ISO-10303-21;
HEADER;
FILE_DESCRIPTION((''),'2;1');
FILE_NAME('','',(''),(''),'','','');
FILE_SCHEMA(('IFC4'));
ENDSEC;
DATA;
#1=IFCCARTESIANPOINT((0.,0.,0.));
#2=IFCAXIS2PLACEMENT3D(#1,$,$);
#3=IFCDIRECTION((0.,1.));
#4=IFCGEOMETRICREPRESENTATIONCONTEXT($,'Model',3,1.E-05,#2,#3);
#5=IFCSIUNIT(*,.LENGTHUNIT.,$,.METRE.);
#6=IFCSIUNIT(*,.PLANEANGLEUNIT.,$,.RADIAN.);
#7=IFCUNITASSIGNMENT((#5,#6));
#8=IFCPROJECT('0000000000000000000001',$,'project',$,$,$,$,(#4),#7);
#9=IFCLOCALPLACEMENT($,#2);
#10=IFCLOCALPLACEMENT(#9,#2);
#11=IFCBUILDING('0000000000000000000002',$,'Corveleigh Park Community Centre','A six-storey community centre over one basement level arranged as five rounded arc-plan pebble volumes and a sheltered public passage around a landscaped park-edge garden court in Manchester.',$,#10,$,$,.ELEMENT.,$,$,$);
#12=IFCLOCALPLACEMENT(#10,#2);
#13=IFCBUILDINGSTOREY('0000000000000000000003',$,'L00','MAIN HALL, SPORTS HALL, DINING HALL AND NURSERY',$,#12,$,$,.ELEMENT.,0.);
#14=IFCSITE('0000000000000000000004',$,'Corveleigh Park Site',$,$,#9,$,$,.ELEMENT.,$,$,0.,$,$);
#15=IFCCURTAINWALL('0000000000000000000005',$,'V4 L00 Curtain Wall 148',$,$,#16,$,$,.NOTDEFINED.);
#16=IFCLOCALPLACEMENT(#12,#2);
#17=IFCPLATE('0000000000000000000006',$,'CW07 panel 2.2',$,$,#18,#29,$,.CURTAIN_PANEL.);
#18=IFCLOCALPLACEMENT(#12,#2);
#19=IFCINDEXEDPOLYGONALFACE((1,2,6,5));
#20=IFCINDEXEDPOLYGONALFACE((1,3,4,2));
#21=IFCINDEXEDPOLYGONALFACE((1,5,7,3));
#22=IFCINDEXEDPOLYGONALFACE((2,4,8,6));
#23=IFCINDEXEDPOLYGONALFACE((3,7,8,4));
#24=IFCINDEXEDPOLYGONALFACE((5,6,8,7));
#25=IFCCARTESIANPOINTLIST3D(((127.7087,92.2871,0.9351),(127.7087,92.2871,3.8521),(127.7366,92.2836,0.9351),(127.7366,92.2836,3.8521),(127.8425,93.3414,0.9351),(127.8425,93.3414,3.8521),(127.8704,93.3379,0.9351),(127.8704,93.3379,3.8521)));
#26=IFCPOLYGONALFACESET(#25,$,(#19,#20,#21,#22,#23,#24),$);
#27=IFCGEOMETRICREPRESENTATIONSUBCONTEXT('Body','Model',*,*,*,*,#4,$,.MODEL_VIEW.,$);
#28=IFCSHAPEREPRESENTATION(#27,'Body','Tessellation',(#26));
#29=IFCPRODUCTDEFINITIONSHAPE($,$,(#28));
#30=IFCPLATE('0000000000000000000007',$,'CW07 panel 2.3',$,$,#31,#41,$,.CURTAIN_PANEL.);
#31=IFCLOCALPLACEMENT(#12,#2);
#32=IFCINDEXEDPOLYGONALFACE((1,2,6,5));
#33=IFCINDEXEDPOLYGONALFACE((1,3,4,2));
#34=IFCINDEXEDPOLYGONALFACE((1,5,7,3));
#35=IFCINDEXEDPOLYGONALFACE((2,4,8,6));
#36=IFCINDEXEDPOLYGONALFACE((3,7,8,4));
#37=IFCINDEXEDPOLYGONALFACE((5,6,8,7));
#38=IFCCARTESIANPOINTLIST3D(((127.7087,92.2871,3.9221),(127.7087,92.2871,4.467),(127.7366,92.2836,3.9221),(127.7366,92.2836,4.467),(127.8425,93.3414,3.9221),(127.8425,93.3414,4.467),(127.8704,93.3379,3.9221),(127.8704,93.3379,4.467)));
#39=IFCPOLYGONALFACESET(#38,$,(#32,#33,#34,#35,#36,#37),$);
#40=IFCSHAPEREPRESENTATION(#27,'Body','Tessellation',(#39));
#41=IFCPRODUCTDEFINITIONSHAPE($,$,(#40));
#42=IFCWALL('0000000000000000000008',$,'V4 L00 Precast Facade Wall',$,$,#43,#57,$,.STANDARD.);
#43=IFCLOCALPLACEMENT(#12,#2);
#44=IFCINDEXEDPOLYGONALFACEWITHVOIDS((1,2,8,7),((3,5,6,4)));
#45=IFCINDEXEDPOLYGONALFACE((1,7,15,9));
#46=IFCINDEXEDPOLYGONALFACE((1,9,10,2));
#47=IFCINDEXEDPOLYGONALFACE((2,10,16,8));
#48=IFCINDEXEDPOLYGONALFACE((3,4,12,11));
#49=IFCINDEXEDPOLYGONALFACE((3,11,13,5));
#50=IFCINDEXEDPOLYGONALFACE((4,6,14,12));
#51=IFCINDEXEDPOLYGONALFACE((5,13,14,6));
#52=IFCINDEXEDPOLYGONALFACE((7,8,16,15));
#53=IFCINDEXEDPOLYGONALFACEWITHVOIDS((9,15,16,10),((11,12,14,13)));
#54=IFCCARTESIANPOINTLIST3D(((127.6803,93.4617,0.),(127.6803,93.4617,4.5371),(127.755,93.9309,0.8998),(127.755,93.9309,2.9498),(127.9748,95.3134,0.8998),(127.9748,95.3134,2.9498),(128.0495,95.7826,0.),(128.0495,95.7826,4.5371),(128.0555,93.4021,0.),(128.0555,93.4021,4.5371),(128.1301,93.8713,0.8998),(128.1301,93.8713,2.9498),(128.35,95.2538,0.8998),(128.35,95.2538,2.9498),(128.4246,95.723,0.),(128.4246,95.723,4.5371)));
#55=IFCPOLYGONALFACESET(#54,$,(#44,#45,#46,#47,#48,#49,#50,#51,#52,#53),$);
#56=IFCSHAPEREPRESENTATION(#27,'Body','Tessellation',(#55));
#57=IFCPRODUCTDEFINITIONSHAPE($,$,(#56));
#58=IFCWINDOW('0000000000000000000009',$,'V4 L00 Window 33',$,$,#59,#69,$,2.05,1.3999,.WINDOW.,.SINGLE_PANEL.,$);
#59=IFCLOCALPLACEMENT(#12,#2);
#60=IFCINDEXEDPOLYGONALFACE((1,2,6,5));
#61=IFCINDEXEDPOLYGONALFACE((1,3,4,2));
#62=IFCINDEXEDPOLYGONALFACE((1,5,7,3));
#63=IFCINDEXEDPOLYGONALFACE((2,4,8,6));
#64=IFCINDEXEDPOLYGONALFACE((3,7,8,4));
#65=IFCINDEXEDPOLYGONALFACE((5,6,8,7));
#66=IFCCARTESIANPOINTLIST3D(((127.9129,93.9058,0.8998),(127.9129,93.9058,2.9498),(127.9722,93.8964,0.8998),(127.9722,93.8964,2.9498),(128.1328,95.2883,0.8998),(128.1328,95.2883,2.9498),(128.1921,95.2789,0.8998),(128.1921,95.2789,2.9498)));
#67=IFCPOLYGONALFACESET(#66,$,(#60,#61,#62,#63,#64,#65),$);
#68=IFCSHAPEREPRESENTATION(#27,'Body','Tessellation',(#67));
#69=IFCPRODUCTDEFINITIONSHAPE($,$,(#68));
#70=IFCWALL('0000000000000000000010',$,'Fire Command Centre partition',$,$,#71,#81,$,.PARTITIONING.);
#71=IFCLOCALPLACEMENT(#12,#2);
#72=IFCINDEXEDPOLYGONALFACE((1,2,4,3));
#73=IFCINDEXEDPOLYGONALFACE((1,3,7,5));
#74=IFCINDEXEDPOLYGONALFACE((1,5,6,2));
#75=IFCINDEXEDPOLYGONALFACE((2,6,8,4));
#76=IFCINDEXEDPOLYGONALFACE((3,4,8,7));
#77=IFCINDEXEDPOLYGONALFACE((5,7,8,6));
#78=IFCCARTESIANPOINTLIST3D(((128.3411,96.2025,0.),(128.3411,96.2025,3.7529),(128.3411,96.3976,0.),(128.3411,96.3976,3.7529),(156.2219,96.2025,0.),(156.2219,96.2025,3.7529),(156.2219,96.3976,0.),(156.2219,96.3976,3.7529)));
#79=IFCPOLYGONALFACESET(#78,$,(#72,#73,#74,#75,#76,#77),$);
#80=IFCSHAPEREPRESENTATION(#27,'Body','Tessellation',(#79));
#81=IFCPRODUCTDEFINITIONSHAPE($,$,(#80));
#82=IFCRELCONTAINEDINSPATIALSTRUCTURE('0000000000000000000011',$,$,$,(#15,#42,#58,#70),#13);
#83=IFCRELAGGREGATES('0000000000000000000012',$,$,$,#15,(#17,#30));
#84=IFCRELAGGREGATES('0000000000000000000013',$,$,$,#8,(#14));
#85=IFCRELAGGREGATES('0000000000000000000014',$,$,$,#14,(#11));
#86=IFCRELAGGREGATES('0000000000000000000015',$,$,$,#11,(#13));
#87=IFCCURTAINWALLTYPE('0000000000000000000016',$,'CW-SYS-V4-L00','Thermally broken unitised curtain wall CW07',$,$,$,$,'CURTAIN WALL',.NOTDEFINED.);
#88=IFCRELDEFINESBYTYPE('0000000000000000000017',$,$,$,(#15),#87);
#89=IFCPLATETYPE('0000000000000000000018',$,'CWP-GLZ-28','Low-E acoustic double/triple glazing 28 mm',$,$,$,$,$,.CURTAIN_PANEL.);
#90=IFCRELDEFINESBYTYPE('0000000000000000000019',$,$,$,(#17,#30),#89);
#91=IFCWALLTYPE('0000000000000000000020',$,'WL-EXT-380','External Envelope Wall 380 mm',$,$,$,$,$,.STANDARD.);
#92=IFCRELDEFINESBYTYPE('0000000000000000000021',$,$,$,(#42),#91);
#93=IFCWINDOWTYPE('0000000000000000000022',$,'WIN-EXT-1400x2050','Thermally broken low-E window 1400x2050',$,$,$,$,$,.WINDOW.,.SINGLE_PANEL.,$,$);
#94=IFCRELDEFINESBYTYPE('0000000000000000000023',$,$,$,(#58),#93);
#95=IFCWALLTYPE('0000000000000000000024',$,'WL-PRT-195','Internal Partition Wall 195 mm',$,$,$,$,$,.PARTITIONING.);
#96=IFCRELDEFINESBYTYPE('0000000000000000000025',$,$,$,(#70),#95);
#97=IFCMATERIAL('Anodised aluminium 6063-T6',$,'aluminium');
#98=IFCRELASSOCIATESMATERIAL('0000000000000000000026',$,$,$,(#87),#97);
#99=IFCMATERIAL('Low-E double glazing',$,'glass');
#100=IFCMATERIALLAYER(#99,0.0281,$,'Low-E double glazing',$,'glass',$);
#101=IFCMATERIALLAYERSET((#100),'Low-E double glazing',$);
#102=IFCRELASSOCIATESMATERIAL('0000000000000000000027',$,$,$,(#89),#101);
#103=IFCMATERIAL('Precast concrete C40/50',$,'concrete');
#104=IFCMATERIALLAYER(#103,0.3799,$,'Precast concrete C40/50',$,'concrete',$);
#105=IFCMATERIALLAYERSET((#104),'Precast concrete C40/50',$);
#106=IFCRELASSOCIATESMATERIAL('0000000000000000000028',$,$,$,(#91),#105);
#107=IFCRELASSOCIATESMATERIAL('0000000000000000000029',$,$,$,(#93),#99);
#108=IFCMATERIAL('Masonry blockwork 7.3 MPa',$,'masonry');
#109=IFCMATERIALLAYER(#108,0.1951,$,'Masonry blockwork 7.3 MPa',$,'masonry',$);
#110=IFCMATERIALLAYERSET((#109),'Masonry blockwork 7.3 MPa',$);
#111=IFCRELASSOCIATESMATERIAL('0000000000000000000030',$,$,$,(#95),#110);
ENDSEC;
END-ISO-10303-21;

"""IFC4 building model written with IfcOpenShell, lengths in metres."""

from ifc_helpers import new_model, si_unit, direction, frame, frame_2d, origin, origin_2d, place, context, subcontext, project, spatial, rectangle, extrude, material, layer, layer_set, type_object, element, fill, aggregate, save


model = new_model("IFC4")

# Units and contexts
model_context = context("Model", 3, precision=1e-05, world=origin(), true_north=direction((0.0, 1.0)))
body_context = subcontext(model_context, "Body", "Model", "MODEL_VIEW")
ifc_project = project(units=[si_unit("LENGTHUNIT", "METRE"), si_unit("PLANEANGLEUNIT", "RADIAN")], contexts=[model_context])

# Site, building, storey
site_placement = place(None, origin())
site = spatial("IfcSite", under=ifc_project, at=site_placement, Name="Corveleigh Park Site", CompositionType="ELEMENT", RefElevation=0.0)
building_placement = place(site_placement, origin())
building = spatial("IfcBuilding", under=site, at=building_placement, Name="Corveleigh Park Community Centre", Description="A six-storey community centre over one basement level arranged as five rounded arc-plan pebble volumes and a sheltered public passage around a landscaped park-edge garden court in Manchester.", CompositionType="ELEMENT")
storey_placement = place(building_placement, origin())
storey = spatial("IfcBuildingStorey", under=building, at=storey_placement, Name="L00", Description="MAIN HALL, SPORTS HALL, DINING HALL AND NURSERY", CompositionType="ELEMENT", Elevation=0.0)

# Shared definitions
ifc_material_1 = material(Name="Anodised aluminium 6063-T6", Category="aluminium")
curtain_wall_type = type_object("IfcCurtainWallType", Name="CW-SYS-V4-L00", Description="Thermally broken unitised curtain wall CW07", ElementType="CURTAIN WALL", PredefinedType="NOTDEFINED", material=ifc_material_1)

# Curtain wall
curtain_wall_1_placement = place(storey_placement, origin())
curtain_wall_1 = element("IfcCurtainWall", 1, at=curtain_wall_1_placement, inside=storey, type_object=curtain_wall_type, Name="V4 L00 Curtain Wall 148", PredefinedType="NOTDEFINED")

# Plates
ifc_material_2 = material(Name="Low-E double glazing", Category="glass")
ifc_layer_1 = layer(ifc_material_2, 0.0281, Name="Low-E double glazing", Category="glass")
ifc_layer_set_1 = layer_set([ifc_layer_1], Name="Low-E double glazing")
plate_type = type_object("IfcPlateType", Name="CWP-GLZ-28", Description="Low-E acoustic double/triple glazing 28 mm", PredefinedType="CURTAIN_PANEL", material=ifc_layer_set_1)
plate_1_placement = place(storey_placement, frame((127.7896, 92.8125, 0.9351), z_axis=(0.0, 0.0, 1.0), x_axis=(0.125919, 0.99204, 0.0)))
plate_1 = element("IfcPlate", 2, at=plate_1_placement, type_object=plate_type, Name="CW07 panel 2.2", PredefinedType="CURTAIN_PANEL", context=body_context, shape_type="SweptSolid", body=[
    extrude(rectangle(XDim=1.0627, YDim=0.0281, at=origin_2d()), origin(), (0.0, 0.0, 1.0), 2.917),
])
plate_2_placement = place(storey_placement, frame((127.7896, 92.8125, 3.9221), z_axis=(0.0, 0.0, 1.0), x_axis=(0.125919, 0.99204, 0.0)))
plate_2 = element("IfcPlate", 3, at=plate_2_placement, type_object=plate_type, Name="CW07 panel 2.3", PredefinedType="CURTAIN_PANEL", context=body_context, shape_type="SweptSolid", body=[
    extrude(rectangle(XDim=1.0627, YDim=0.0281, at=origin_2d()), origin(), (0.0, 0.0, 1.0), 0.5449),
])
aggregate(curtain_wall_1, [plate_1, plate_2])

# Wall, opening, window
ifc_material_3 = material(Name="Precast concrete C40/50", Category="concrete")
ifc_layer_2 = layer(ifc_material_3, 0.3799, Name="Precast concrete C40/50", Category="concrete")
ifc_layer_set_2 = layer_set([ifc_layer_2], Name="Precast concrete C40/50")
wall_type_1 = type_object("IfcWallType", Name="WL-EXT-380", Description="External Envelope Wall 380 mm", PredefinedType="STANDARD", material=ifc_layer_set_2)
wall_1_placement = place(storey_placement, frame((127.8679, 93.4319, 0.0), z_axis=(0.0, 0.0, 1.0), x_axis=(0.157067, 0.987588, 0.0)))
wall_1 = element("IfcWall", 4, at=wall_1_placement, inside=storey, type_object=wall_type_1, Name="V4 L00 Precast Facade Wall", PredefinedType="STANDARD", context=body_context, shape_type="SweptSolid", body=[
    extrude(rectangle(XDim=2.3501, YDim=0.3799, at=frame_2d((1.175, 0.0))), origin(), (0.0, 0.0, 1.0), 4.5371),
])
opening_placement = place(wall_1_placement, frame((0.4751, 0.0, 0.8999)))
opening = element("IfcOpeningElement", 5, at=opening_placement, cuts=wall_1, PredefinedType="OPENING", context=body_context, shape_type="SweptSolid", body=[
    extrude(rectangle(XDim=1.3999, YDim=2.05, at=frame_2d((0.7, 1.0249))), frame((0.0, 0.2, 0.0), z_axis=(0.0, -1.0, 0.0), x_axis=(1.0, 0.0, 0.0)), (0.0, 0.0, 1.0), 0.3999),
])
window_type = type_object("IfcWindowType", Name="WIN-EXT-1400x2050", Description="Thermally broken low-E window 1400x2050", PartitioningType="SINGLE_PANEL", PredefinedType="WINDOW", material=ifc_material_2)
window_placement = place(opening_placement, origin())
window = element("IfcWindow", 6, at=window_placement, inside=storey, type_object=window_type, Name="V4 L00 Window 33", OverallHeight=2.05, OverallWidth=1.3999, PartitioningType="SINGLE_PANEL", PredefinedType="WINDOW", context=body_context, shape_type="SweptSolid", body=[
    extrude(rectangle(XDim=1.3999, YDim=2.05, at=frame_2d((0.7, 1.0249))), frame((0.0, 0.03, 0.0), z_axis=(0.0, -1.0, 0.0), x_axis=(1.0, 0.0, 0.0)), (0.0, 0.0, 1.0), 0.0601),
])
fill(opening, window)

# Wall
ifc_material_4 = material(Name="Masonry blockwork 7.3 MPa", Category="masonry")
ifc_layer_3 = layer(ifc_material_4, 0.1951, Name="Masonry blockwork 7.3 MPa", Category="masonry")
ifc_layer_set_3 = layer_set([ifc_layer_3], Name="Masonry blockwork 7.3 MPa")
wall_type_2 = type_object("IfcWallType", Name="WL-PRT-195", Description="Internal Partition Wall 195 mm", PredefinedType="PARTITIONING", material=ifc_layer_set_3)
wall_2_placement = place(storey_placement, frame((128.3411, 96.3, 0.0), z_axis=(0.0, 0.0, 1.0), x_axis=(1.0, 0.0, 0.0)))
element("IfcWall", 7, at=wall_2_placement, inside=storey, type_object=wall_type_2, Name="Fire Command Centre partition", PredefinedType="PARTITIONING", context=body_context, shape_type="SweptSolid", body=[
    extrude(rectangle(XDim=27.8809, YDim=0.1951, at=frame_2d((13.9404, 0.0))), origin(), (0.0, 0.0, 1.0), 3.7529),
])

save(model, "model.ifc")
